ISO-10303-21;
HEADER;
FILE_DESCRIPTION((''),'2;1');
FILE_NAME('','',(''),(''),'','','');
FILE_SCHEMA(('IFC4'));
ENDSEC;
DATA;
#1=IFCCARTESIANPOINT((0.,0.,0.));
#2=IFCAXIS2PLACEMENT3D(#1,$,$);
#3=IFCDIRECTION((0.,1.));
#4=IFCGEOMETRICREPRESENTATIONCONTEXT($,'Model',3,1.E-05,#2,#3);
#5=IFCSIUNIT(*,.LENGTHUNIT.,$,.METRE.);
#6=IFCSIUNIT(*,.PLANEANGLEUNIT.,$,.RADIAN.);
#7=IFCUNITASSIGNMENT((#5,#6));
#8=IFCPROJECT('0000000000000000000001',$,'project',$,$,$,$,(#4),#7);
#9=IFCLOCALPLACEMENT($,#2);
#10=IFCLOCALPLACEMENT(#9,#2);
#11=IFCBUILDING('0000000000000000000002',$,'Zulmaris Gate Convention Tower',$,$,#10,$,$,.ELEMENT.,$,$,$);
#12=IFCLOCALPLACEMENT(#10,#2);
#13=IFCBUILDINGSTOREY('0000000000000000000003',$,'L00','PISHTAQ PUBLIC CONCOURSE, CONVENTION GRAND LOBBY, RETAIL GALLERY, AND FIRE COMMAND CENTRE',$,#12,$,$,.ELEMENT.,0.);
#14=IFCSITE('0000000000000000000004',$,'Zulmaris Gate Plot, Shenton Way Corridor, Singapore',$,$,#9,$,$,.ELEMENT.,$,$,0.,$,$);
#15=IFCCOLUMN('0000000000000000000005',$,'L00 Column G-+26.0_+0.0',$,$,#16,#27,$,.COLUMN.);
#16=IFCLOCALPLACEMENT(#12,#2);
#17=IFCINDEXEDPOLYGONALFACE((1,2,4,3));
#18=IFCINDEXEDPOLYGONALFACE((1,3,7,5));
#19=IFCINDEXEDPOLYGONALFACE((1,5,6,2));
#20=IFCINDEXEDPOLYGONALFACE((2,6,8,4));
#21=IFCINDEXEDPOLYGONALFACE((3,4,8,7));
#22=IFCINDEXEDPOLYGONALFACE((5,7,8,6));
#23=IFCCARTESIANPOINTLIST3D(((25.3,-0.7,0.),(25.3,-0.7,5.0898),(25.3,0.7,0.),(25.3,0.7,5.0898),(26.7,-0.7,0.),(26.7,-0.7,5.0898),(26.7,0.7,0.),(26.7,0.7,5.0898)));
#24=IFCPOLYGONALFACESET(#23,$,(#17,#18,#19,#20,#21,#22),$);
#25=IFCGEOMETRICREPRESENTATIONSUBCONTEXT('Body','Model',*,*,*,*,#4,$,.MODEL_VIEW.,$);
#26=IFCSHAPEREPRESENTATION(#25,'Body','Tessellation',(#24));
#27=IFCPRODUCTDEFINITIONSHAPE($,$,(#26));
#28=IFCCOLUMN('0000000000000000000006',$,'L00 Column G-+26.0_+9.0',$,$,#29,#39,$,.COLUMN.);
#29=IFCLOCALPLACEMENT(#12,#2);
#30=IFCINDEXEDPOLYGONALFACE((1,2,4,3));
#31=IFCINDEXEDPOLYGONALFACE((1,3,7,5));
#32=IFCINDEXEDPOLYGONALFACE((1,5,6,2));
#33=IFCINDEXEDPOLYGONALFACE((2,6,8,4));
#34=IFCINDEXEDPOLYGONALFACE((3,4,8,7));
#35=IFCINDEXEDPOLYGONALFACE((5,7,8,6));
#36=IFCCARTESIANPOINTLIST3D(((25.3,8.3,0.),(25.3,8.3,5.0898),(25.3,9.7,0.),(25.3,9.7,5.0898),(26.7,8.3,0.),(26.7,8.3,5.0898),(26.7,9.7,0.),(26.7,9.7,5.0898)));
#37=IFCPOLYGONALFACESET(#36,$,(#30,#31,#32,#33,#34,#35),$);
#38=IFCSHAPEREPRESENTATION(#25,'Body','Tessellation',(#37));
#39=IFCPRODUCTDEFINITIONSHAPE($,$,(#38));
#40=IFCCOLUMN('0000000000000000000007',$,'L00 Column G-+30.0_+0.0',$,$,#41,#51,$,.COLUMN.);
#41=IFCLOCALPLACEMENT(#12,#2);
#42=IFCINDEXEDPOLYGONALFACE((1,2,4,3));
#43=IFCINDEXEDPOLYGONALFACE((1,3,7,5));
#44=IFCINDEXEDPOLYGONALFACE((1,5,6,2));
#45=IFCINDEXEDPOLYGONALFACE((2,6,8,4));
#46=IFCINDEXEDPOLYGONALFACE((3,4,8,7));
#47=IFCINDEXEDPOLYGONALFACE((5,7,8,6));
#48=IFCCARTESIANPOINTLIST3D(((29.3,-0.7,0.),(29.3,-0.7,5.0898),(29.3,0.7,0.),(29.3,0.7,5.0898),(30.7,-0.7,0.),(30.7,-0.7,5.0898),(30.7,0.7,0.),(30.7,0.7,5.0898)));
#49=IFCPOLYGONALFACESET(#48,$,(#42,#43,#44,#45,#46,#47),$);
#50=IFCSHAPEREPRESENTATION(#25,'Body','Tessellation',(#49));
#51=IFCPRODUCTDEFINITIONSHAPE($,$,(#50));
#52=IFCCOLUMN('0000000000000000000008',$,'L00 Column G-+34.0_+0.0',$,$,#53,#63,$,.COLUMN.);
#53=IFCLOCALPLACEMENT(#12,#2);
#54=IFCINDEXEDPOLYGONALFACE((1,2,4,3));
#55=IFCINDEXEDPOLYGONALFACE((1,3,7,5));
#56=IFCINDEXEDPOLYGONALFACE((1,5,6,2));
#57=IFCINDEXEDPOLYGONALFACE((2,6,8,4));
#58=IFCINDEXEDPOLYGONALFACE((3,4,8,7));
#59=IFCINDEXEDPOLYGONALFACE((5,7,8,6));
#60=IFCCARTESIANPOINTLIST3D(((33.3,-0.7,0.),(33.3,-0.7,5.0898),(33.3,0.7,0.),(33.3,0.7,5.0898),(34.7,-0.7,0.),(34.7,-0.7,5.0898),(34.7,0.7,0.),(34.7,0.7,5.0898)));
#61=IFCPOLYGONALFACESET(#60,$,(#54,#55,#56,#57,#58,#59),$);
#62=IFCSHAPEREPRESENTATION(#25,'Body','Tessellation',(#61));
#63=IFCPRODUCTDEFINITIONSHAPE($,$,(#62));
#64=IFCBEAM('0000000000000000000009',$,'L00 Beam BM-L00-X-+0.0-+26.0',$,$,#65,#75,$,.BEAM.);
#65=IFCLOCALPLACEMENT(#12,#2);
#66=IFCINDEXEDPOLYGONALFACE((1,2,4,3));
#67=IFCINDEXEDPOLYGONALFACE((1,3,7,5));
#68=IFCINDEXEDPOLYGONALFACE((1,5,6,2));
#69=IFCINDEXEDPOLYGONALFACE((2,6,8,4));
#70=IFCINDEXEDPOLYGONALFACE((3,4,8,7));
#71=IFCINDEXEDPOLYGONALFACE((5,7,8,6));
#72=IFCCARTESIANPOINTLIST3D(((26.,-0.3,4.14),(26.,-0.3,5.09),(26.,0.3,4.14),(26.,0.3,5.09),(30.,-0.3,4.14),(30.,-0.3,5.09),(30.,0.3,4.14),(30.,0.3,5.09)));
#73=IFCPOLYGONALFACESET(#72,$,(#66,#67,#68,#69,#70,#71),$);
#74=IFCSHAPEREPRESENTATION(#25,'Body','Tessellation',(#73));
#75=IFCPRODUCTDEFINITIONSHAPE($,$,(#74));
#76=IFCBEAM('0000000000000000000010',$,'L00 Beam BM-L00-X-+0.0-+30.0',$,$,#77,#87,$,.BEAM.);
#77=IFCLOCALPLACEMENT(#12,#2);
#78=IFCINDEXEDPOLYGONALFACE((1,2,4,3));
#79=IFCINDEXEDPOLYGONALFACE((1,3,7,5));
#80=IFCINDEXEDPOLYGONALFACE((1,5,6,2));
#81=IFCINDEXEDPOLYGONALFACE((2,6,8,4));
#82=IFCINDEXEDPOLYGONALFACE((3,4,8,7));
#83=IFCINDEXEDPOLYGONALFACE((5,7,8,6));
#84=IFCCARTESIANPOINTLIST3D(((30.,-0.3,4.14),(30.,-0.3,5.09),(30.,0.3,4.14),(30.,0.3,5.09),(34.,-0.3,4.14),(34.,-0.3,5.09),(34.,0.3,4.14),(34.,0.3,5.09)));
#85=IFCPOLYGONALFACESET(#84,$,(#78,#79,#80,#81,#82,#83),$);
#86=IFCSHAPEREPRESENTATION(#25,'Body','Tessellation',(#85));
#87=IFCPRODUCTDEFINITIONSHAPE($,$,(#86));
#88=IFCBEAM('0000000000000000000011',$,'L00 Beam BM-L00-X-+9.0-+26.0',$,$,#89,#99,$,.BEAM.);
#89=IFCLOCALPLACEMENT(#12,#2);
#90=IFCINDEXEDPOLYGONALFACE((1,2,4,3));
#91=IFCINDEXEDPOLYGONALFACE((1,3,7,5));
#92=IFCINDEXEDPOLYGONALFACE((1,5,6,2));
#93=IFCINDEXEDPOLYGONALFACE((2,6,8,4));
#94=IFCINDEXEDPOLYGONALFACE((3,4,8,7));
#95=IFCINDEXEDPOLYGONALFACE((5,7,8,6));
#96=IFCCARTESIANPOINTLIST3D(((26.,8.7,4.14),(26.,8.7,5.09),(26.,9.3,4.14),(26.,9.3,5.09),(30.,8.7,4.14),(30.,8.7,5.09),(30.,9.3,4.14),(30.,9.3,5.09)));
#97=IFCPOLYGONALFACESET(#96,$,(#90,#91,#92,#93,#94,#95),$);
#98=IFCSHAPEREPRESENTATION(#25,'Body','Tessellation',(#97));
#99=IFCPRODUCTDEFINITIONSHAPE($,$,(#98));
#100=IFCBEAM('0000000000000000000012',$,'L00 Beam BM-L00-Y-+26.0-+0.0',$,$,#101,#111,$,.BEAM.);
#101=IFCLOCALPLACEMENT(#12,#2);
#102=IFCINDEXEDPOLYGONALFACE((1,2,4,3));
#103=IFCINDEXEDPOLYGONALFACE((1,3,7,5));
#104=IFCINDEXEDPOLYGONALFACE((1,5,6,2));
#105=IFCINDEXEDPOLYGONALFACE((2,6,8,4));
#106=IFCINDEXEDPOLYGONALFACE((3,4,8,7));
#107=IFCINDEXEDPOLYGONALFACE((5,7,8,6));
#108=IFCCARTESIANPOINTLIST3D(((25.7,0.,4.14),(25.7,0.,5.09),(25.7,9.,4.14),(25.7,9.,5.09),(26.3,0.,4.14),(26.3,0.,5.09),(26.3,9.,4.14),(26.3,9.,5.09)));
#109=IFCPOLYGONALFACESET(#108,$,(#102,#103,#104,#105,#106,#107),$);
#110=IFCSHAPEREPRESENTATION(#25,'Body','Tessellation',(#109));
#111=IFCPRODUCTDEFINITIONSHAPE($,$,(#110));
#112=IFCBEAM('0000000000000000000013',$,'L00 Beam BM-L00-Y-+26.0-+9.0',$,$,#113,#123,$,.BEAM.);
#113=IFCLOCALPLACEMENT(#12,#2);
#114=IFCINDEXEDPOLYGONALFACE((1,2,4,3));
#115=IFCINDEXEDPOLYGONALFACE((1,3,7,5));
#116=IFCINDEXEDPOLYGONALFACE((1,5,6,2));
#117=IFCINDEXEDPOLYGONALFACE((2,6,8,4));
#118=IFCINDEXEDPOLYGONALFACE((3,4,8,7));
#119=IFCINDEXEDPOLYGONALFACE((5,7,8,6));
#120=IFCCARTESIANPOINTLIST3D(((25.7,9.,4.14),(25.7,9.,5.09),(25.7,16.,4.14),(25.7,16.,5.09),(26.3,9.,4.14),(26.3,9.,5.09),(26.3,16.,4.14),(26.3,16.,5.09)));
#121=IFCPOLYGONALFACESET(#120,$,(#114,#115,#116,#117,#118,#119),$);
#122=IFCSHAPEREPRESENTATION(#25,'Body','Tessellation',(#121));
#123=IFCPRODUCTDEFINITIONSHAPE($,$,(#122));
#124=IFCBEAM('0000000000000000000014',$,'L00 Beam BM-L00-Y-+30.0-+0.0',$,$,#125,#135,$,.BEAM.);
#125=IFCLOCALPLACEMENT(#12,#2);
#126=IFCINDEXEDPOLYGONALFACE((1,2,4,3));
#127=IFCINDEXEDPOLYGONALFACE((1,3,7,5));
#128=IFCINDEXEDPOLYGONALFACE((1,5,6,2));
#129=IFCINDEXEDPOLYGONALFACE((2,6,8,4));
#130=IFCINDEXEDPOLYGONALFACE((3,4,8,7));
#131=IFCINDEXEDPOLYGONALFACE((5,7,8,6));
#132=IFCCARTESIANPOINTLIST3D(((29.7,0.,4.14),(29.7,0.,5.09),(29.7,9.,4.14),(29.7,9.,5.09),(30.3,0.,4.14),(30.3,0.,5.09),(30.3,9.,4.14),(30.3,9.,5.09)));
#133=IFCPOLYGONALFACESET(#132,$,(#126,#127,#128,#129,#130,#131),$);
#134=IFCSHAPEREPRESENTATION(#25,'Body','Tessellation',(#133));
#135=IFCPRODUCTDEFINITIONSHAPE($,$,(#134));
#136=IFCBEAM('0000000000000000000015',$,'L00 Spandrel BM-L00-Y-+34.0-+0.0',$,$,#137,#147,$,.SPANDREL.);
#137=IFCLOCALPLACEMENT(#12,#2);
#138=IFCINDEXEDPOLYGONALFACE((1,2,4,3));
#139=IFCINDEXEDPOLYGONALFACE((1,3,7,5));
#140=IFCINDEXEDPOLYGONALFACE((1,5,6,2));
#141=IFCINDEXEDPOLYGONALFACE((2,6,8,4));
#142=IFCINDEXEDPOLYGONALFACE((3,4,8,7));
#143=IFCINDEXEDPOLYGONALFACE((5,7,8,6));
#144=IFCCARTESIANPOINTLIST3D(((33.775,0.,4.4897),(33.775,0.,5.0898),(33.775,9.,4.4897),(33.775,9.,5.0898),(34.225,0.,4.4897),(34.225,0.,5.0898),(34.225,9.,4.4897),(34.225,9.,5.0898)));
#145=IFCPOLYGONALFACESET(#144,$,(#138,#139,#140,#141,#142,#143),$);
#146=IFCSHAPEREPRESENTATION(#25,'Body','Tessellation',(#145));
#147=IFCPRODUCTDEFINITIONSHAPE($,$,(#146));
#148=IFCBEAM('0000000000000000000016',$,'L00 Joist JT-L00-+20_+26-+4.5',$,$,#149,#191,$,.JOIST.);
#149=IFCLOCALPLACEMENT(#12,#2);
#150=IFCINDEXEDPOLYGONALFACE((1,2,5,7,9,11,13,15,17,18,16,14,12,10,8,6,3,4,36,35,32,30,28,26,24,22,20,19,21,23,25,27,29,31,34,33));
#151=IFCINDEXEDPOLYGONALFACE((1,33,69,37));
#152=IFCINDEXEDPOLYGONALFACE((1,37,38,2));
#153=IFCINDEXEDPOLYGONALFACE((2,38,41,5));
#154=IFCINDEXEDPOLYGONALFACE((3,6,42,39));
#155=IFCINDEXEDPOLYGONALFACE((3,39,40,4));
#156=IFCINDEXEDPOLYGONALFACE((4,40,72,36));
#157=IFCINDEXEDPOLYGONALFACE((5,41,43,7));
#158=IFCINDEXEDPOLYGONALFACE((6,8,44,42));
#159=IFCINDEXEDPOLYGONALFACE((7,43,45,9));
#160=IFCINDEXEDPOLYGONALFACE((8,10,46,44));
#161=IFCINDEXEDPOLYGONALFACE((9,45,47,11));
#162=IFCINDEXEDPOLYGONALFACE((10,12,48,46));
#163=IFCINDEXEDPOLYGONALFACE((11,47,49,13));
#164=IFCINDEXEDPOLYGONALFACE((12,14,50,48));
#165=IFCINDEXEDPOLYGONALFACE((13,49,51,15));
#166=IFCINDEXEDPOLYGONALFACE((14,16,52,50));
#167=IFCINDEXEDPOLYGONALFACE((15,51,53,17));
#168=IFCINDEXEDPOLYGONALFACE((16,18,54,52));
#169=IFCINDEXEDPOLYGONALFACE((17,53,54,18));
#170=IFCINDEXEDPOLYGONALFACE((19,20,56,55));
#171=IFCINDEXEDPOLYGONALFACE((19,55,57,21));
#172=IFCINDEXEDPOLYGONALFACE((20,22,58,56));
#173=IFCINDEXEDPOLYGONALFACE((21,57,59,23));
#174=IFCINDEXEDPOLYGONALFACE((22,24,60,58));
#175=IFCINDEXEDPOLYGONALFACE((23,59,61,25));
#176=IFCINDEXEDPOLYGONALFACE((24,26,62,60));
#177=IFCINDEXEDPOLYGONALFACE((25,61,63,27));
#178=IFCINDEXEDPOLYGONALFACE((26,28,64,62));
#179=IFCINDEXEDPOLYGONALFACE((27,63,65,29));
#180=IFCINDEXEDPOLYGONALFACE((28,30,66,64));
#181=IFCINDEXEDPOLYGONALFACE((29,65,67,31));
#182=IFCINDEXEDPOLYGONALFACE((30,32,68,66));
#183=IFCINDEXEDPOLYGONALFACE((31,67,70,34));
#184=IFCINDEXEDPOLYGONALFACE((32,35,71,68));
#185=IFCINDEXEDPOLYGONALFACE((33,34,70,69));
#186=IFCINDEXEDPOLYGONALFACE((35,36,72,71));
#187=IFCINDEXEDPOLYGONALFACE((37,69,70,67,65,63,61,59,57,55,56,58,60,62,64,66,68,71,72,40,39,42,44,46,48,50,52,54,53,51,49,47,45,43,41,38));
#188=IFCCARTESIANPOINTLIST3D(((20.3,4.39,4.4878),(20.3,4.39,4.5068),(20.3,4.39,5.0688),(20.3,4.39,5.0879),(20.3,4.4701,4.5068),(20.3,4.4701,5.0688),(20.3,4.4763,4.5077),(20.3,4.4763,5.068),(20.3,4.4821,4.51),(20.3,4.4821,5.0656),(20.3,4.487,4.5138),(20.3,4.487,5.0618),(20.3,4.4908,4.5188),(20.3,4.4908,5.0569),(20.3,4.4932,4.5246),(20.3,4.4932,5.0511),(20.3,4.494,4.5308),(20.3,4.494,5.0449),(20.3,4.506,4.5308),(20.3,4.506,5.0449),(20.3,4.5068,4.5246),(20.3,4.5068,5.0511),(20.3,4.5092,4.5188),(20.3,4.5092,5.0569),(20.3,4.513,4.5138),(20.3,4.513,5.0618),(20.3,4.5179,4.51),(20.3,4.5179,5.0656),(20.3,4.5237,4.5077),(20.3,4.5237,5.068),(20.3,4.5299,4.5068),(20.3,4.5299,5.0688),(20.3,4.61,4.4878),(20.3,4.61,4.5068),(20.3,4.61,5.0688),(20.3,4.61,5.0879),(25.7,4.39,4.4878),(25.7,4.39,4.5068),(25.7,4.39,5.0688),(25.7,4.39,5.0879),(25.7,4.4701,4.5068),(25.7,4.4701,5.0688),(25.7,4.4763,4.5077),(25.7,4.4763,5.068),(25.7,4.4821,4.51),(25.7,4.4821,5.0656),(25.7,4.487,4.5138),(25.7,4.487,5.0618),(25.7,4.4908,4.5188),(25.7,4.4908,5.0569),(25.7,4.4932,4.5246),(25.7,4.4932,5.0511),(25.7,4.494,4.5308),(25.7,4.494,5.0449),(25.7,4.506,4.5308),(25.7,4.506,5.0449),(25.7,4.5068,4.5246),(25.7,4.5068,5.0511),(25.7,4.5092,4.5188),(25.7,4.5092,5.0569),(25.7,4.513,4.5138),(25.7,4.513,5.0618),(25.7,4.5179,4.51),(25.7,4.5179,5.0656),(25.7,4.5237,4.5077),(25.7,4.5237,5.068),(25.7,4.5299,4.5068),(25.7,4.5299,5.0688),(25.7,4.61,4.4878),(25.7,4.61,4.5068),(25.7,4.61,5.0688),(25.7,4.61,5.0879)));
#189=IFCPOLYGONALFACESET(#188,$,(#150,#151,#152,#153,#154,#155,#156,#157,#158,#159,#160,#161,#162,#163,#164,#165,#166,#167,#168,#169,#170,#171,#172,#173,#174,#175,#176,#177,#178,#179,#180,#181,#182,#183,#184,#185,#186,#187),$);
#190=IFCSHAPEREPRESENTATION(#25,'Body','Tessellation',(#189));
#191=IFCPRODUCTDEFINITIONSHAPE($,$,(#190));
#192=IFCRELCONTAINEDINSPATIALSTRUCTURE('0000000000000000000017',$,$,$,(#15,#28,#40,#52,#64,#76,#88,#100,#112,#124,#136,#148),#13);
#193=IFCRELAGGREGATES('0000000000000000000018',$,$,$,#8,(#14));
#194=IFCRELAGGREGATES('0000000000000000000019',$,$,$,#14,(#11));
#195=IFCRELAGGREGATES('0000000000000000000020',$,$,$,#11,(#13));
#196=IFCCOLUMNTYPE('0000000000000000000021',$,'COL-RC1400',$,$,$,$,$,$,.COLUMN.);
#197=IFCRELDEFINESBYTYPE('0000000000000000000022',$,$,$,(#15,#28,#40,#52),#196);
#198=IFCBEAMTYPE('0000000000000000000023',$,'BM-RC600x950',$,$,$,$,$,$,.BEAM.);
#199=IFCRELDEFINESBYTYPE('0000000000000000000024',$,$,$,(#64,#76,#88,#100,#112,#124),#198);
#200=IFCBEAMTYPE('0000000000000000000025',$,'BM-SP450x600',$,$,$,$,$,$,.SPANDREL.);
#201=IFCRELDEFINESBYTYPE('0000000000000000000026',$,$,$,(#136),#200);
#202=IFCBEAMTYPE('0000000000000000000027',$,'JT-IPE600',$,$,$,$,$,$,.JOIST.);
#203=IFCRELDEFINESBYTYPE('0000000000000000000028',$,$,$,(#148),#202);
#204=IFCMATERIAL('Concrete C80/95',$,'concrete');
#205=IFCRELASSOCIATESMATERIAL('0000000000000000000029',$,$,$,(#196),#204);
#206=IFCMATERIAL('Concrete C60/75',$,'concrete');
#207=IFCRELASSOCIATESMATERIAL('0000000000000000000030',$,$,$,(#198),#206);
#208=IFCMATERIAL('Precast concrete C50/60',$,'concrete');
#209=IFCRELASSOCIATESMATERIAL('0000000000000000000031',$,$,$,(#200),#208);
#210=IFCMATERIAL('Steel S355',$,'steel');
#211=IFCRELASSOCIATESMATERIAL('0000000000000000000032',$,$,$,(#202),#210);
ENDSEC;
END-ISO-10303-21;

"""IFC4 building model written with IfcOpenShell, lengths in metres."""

from ifc_helpers import new_model, si_unit, direction, frame, origin, origin_2d, place, context, subcontext, project, spatial, rectangle, i_section, extrude, material, material_profile, profile_set, type_object, element, save


model = new_model("IFC4")

# Units and contexts
model_context = context("Model", 3, precision=1e-05, world=origin(), true_north=direction((0.0, 1.0)))
body_context = subcontext(model_context, "Body", "Model", "MODEL_VIEW")
ifc_project = project(units=[si_unit("LENGTHUNIT", "METRE"), si_unit("PLANEANGLEUNIT", "RADIAN")], contexts=[model_context])

# Site, building, storey
site_placement = place(None, origin())
site = spatial("IfcSite", under=ifc_project, at=site_placement, Name="Zulmaris Gate Plot, Shenton Way Corridor, Singapore", CompositionType="ELEMENT", RefElevation=0.0)
building_placement = place(site_placement, origin())
building = spatial("IfcBuilding", under=site, at=building_placement, Name="Zulmaris Gate Convention Tower", CompositionType="ELEMENT")
storey_placement = place(building_placement, origin())
storey = spatial("IfcBuildingStorey", under=building, at=storey_placement, Name="L00", Description="PISHTAQ PUBLIC CONCOURSE, CONVENTION GRAND LOBBY, RETAIL GALLERY, AND FIRE COMMAND CENTRE", CompositionType="ELEMENT", Elevation=0.0)

# Columns
ifc_material_1 = material(Name="Concrete C80/95", Category="concrete")
ifc_material_profile_1 = material_profile(ifc_material_1, rectangle(XDim=1.3999, YDim=1.3999, at=origin_2d()), Name="RC COL 1400x1400")
ifc_profile_set_1 = profile_set([ifc_material_profile_1], Name="Concrete C80/95")
column_type = type_object("IfcColumnType", Name="COL-RC1400", PredefinedType="COLUMN", material=ifc_profile_set_1)
for number, where, z_axis, x_axis, name in (
    (1, (26.0, 0.0, 0.0), (0.0, 0.0, 1.0), (1.0, 0.0, 0.0), "L00 Column G-+26.0_+0.0"),
    (2, (26.0, 9.0, 0.0), (0.0, 0.0, 1.0), (1.0, 0.0, 0.0), "L00 Column G-+26.0_+9.0"),
    (3, (30.0, 0.0, 0.0), (0.0, 0.0, 1.0), (1.0, 0.0, 0.0), "L00 Column G-+30.0_+0.0"),
    (4, (34.0, 0.0, 0.0), (0.0, 0.0, 1.0), (1.0, 0.0, 0.0), "L00 Column G-+34.0_+0.0"),
):
    element("IfcColumn", number, at=place(storey_placement, frame(where, z_axis=z_axis, x_axis=x_axis)), inside=storey, type_object=column_type, Name=name, PredefinedType="COLUMN", context=body_context, shape_type="SweptSolid", body=[
        extrude(rectangle(XDim=1.3999, YDim=1.3999, at=origin_2d()), origin(), (0.0, 0.0, 1.0), 5.0898),
    ])

# Beams
ifc_material_2 = material(Name="Concrete C60/75", Category="concrete")
ifc_material_profile_2 = material_profile(ifc_material_2, rectangle(XDim=0.6001, YDim=0.95, at=origin_2d()), Name="RC BEAM 600x950")
ifc_profile_set_2 = profile_set([ifc_material_profile_2], Name="Concrete C60/75")
beam_type_1 = type_object("IfcBeamType", Name="BM-RC600x950", PredefinedType="BEAM", material=ifc_profile_set_2)
for number, where, z_axis, x_axis, name in (
    (5, (26.0, 0.0, 4.615), (1.0, 0.0, 0.0), (0.0, 1.0, 0.0), "L00 Beam BM-L00-X-+0.0-+26.0"),
    (6, (30.0, 0.0, 4.615), (1.0, 0.0, 0.0), (0.0, 1.0, 0.0), "L00 Beam BM-L00-X-+0.0-+30.0"),
    (7, (26.0, 9.0, 4.615), (1.0, 0.0, 0.0), (0.0, 1.0, 0.0), "L00 Beam BM-L00-X-+9.0-+26.0"),
):
    element("IfcBeam", number, at=place(storey_placement, frame(where, z_axis=z_axis, x_axis=x_axis)), inside=storey, type_object=beam_type_1, Name=name, PredefinedType="BEAM", context=body_context, shape_type="SweptSolid", body=[
        extrude(rectangle(XDim=0.6001, YDim=0.95, at=origin_2d()), origin(), (0.0, 0.0, 1.0), 4.0),
    ])
beam_1_placement = place(storey_placement, frame((26.0, 0.0, 4.615), z_axis=(0.0, 1.0, 0.0), x_axis=(-1.0, 0.0, 0.0)))
element("IfcBeam", 8, at=beam_1_placement, inside=storey, type_object=beam_type_1, Name="L00 Beam BM-L00-Y-+26.0-+0.0", PredefinedType="BEAM", context=body_context, shape_type="SweptSolid", body=[
    extrude(rectangle(XDim=0.6001, YDim=0.95, at=origin_2d()), origin(), (0.0, 0.0, 1.0), 9.0),
])
beam_2_placement = place(storey_placement, frame((26.0, 9.0, 4.615), z_axis=(0.0, 1.0, 0.0), x_axis=(-1.0, 0.0, 0.0)))
element("IfcBeam", 9, at=beam_2_placement, inside=storey, type_object=beam_type_1, Name="L00 Beam BM-L00-Y-+26.0-+9.0", PredefinedType="BEAM", context=body_context, shape_type="SweptSolid", body=[
    extrude(rectangle(XDim=0.6001, YDim=0.95, at=origin_2d()), origin(), (0.0, 0.0, 1.0), 7.0),
])
beam_3_placement = place(storey_placement, frame((30.0, 0.0, 4.615), z_axis=(0.0, 1.0, 0.0), x_axis=(-1.0, 0.0, 0.0)))
element("IfcBeam", 10, at=beam_3_placement, inside=storey, type_object=beam_type_1, Name="L00 Beam BM-L00-Y-+30.0-+0.0", PredefinedType="BEAM", context=body_context, shape_type="SweptSolid", body=[
    extrude(rectangle(XDim=0.6001, YDim=0.95, at=origin_2d()), origin(), (0.0, 0.0, 1.0), 9.0),
])
ifc_material_3 = material(Name="Precast concrete C50/60", Category="concrete")
ifc_material_profile_3 = material_profile(ifc_material_3, rectangle(XDim=0.45, YDim=0.6001, at=origin_2d()), Name="RC SPANDREL 450x600")
ifc_profile_set_3 = profile_set([ifc_material_profile_3], Name="Precast concrete C50/60")
beam_type_2 = type_object("IfcBeamType", Name="BM-SP450x600", PredefinedType="SPANDREL", material=ifc_profile_set_3)
beam_4_placement = place(storey_placement, frame((34.0, 0.0, 4.7898), z_axis=(0.0, 1.0, 0.0), x_axis=(-1.0, 0.0, 0.0)))
element("IfcBeam", 11, at=beam_4_placement, inside=storey, type_object=beam_type_2, Name="L00 Spandrel BM-L00-Y-+34.0-+0.0", PredefinedType="SPANDREL", context=body_context, shape_type="SweptSolid", body=[
    extrude(rectangle(XDim=0.45, YDim=0.6001, at=origin_2d()), origin(), (0.0, 0.0, 1.0), 9.0),
])
ifc_material_4 = material(Name="Steel S355", Category="steel")
ifc_material_profile_4 = material_profile(ifc_material_4, i_section(OverallWidth=0.22, OverallDepth=0.6001, WebThickness=0.012, FlangeThickness=0.019, FilletRadius=0.0239, at=origin_2d()), Name="IPE 600")
ifc_profile_set_4 = profile_set([ifc_material_profile_4], Name="Steel S355")
beam_type_3 = type_object("IfcBeamType", Name="JT-IPE600", PredefinedType="JOIST", material=ifc_profile_set_4)
beam_5_placement = place(storey_placement, frame((20.3, 4.5, 4.7878), z_axis=(1.0, 0.0, 0.0), x_axis=(0.0, 1.0, 0.0)))
element("IfcBeam", 12, at=beam_5_placement, inside=storey, type_object=beam_type_3, Name="L00 Joist JT-L00-+20_+26-+4.5", PredefinedType="JOIST", context=body_context, shape_type="SweptSolid", body=[
    extrude(i_section(OverallWidth=0.22, OverallDepth=0.6001, WebThickness=0.012, FlangeThickness=0.019, FilletRadius=0.0239, at=origin_2d()), origin(), (0.0, 0.0, 1.0), 5.3999),
])

save(model, "model.ifc")
